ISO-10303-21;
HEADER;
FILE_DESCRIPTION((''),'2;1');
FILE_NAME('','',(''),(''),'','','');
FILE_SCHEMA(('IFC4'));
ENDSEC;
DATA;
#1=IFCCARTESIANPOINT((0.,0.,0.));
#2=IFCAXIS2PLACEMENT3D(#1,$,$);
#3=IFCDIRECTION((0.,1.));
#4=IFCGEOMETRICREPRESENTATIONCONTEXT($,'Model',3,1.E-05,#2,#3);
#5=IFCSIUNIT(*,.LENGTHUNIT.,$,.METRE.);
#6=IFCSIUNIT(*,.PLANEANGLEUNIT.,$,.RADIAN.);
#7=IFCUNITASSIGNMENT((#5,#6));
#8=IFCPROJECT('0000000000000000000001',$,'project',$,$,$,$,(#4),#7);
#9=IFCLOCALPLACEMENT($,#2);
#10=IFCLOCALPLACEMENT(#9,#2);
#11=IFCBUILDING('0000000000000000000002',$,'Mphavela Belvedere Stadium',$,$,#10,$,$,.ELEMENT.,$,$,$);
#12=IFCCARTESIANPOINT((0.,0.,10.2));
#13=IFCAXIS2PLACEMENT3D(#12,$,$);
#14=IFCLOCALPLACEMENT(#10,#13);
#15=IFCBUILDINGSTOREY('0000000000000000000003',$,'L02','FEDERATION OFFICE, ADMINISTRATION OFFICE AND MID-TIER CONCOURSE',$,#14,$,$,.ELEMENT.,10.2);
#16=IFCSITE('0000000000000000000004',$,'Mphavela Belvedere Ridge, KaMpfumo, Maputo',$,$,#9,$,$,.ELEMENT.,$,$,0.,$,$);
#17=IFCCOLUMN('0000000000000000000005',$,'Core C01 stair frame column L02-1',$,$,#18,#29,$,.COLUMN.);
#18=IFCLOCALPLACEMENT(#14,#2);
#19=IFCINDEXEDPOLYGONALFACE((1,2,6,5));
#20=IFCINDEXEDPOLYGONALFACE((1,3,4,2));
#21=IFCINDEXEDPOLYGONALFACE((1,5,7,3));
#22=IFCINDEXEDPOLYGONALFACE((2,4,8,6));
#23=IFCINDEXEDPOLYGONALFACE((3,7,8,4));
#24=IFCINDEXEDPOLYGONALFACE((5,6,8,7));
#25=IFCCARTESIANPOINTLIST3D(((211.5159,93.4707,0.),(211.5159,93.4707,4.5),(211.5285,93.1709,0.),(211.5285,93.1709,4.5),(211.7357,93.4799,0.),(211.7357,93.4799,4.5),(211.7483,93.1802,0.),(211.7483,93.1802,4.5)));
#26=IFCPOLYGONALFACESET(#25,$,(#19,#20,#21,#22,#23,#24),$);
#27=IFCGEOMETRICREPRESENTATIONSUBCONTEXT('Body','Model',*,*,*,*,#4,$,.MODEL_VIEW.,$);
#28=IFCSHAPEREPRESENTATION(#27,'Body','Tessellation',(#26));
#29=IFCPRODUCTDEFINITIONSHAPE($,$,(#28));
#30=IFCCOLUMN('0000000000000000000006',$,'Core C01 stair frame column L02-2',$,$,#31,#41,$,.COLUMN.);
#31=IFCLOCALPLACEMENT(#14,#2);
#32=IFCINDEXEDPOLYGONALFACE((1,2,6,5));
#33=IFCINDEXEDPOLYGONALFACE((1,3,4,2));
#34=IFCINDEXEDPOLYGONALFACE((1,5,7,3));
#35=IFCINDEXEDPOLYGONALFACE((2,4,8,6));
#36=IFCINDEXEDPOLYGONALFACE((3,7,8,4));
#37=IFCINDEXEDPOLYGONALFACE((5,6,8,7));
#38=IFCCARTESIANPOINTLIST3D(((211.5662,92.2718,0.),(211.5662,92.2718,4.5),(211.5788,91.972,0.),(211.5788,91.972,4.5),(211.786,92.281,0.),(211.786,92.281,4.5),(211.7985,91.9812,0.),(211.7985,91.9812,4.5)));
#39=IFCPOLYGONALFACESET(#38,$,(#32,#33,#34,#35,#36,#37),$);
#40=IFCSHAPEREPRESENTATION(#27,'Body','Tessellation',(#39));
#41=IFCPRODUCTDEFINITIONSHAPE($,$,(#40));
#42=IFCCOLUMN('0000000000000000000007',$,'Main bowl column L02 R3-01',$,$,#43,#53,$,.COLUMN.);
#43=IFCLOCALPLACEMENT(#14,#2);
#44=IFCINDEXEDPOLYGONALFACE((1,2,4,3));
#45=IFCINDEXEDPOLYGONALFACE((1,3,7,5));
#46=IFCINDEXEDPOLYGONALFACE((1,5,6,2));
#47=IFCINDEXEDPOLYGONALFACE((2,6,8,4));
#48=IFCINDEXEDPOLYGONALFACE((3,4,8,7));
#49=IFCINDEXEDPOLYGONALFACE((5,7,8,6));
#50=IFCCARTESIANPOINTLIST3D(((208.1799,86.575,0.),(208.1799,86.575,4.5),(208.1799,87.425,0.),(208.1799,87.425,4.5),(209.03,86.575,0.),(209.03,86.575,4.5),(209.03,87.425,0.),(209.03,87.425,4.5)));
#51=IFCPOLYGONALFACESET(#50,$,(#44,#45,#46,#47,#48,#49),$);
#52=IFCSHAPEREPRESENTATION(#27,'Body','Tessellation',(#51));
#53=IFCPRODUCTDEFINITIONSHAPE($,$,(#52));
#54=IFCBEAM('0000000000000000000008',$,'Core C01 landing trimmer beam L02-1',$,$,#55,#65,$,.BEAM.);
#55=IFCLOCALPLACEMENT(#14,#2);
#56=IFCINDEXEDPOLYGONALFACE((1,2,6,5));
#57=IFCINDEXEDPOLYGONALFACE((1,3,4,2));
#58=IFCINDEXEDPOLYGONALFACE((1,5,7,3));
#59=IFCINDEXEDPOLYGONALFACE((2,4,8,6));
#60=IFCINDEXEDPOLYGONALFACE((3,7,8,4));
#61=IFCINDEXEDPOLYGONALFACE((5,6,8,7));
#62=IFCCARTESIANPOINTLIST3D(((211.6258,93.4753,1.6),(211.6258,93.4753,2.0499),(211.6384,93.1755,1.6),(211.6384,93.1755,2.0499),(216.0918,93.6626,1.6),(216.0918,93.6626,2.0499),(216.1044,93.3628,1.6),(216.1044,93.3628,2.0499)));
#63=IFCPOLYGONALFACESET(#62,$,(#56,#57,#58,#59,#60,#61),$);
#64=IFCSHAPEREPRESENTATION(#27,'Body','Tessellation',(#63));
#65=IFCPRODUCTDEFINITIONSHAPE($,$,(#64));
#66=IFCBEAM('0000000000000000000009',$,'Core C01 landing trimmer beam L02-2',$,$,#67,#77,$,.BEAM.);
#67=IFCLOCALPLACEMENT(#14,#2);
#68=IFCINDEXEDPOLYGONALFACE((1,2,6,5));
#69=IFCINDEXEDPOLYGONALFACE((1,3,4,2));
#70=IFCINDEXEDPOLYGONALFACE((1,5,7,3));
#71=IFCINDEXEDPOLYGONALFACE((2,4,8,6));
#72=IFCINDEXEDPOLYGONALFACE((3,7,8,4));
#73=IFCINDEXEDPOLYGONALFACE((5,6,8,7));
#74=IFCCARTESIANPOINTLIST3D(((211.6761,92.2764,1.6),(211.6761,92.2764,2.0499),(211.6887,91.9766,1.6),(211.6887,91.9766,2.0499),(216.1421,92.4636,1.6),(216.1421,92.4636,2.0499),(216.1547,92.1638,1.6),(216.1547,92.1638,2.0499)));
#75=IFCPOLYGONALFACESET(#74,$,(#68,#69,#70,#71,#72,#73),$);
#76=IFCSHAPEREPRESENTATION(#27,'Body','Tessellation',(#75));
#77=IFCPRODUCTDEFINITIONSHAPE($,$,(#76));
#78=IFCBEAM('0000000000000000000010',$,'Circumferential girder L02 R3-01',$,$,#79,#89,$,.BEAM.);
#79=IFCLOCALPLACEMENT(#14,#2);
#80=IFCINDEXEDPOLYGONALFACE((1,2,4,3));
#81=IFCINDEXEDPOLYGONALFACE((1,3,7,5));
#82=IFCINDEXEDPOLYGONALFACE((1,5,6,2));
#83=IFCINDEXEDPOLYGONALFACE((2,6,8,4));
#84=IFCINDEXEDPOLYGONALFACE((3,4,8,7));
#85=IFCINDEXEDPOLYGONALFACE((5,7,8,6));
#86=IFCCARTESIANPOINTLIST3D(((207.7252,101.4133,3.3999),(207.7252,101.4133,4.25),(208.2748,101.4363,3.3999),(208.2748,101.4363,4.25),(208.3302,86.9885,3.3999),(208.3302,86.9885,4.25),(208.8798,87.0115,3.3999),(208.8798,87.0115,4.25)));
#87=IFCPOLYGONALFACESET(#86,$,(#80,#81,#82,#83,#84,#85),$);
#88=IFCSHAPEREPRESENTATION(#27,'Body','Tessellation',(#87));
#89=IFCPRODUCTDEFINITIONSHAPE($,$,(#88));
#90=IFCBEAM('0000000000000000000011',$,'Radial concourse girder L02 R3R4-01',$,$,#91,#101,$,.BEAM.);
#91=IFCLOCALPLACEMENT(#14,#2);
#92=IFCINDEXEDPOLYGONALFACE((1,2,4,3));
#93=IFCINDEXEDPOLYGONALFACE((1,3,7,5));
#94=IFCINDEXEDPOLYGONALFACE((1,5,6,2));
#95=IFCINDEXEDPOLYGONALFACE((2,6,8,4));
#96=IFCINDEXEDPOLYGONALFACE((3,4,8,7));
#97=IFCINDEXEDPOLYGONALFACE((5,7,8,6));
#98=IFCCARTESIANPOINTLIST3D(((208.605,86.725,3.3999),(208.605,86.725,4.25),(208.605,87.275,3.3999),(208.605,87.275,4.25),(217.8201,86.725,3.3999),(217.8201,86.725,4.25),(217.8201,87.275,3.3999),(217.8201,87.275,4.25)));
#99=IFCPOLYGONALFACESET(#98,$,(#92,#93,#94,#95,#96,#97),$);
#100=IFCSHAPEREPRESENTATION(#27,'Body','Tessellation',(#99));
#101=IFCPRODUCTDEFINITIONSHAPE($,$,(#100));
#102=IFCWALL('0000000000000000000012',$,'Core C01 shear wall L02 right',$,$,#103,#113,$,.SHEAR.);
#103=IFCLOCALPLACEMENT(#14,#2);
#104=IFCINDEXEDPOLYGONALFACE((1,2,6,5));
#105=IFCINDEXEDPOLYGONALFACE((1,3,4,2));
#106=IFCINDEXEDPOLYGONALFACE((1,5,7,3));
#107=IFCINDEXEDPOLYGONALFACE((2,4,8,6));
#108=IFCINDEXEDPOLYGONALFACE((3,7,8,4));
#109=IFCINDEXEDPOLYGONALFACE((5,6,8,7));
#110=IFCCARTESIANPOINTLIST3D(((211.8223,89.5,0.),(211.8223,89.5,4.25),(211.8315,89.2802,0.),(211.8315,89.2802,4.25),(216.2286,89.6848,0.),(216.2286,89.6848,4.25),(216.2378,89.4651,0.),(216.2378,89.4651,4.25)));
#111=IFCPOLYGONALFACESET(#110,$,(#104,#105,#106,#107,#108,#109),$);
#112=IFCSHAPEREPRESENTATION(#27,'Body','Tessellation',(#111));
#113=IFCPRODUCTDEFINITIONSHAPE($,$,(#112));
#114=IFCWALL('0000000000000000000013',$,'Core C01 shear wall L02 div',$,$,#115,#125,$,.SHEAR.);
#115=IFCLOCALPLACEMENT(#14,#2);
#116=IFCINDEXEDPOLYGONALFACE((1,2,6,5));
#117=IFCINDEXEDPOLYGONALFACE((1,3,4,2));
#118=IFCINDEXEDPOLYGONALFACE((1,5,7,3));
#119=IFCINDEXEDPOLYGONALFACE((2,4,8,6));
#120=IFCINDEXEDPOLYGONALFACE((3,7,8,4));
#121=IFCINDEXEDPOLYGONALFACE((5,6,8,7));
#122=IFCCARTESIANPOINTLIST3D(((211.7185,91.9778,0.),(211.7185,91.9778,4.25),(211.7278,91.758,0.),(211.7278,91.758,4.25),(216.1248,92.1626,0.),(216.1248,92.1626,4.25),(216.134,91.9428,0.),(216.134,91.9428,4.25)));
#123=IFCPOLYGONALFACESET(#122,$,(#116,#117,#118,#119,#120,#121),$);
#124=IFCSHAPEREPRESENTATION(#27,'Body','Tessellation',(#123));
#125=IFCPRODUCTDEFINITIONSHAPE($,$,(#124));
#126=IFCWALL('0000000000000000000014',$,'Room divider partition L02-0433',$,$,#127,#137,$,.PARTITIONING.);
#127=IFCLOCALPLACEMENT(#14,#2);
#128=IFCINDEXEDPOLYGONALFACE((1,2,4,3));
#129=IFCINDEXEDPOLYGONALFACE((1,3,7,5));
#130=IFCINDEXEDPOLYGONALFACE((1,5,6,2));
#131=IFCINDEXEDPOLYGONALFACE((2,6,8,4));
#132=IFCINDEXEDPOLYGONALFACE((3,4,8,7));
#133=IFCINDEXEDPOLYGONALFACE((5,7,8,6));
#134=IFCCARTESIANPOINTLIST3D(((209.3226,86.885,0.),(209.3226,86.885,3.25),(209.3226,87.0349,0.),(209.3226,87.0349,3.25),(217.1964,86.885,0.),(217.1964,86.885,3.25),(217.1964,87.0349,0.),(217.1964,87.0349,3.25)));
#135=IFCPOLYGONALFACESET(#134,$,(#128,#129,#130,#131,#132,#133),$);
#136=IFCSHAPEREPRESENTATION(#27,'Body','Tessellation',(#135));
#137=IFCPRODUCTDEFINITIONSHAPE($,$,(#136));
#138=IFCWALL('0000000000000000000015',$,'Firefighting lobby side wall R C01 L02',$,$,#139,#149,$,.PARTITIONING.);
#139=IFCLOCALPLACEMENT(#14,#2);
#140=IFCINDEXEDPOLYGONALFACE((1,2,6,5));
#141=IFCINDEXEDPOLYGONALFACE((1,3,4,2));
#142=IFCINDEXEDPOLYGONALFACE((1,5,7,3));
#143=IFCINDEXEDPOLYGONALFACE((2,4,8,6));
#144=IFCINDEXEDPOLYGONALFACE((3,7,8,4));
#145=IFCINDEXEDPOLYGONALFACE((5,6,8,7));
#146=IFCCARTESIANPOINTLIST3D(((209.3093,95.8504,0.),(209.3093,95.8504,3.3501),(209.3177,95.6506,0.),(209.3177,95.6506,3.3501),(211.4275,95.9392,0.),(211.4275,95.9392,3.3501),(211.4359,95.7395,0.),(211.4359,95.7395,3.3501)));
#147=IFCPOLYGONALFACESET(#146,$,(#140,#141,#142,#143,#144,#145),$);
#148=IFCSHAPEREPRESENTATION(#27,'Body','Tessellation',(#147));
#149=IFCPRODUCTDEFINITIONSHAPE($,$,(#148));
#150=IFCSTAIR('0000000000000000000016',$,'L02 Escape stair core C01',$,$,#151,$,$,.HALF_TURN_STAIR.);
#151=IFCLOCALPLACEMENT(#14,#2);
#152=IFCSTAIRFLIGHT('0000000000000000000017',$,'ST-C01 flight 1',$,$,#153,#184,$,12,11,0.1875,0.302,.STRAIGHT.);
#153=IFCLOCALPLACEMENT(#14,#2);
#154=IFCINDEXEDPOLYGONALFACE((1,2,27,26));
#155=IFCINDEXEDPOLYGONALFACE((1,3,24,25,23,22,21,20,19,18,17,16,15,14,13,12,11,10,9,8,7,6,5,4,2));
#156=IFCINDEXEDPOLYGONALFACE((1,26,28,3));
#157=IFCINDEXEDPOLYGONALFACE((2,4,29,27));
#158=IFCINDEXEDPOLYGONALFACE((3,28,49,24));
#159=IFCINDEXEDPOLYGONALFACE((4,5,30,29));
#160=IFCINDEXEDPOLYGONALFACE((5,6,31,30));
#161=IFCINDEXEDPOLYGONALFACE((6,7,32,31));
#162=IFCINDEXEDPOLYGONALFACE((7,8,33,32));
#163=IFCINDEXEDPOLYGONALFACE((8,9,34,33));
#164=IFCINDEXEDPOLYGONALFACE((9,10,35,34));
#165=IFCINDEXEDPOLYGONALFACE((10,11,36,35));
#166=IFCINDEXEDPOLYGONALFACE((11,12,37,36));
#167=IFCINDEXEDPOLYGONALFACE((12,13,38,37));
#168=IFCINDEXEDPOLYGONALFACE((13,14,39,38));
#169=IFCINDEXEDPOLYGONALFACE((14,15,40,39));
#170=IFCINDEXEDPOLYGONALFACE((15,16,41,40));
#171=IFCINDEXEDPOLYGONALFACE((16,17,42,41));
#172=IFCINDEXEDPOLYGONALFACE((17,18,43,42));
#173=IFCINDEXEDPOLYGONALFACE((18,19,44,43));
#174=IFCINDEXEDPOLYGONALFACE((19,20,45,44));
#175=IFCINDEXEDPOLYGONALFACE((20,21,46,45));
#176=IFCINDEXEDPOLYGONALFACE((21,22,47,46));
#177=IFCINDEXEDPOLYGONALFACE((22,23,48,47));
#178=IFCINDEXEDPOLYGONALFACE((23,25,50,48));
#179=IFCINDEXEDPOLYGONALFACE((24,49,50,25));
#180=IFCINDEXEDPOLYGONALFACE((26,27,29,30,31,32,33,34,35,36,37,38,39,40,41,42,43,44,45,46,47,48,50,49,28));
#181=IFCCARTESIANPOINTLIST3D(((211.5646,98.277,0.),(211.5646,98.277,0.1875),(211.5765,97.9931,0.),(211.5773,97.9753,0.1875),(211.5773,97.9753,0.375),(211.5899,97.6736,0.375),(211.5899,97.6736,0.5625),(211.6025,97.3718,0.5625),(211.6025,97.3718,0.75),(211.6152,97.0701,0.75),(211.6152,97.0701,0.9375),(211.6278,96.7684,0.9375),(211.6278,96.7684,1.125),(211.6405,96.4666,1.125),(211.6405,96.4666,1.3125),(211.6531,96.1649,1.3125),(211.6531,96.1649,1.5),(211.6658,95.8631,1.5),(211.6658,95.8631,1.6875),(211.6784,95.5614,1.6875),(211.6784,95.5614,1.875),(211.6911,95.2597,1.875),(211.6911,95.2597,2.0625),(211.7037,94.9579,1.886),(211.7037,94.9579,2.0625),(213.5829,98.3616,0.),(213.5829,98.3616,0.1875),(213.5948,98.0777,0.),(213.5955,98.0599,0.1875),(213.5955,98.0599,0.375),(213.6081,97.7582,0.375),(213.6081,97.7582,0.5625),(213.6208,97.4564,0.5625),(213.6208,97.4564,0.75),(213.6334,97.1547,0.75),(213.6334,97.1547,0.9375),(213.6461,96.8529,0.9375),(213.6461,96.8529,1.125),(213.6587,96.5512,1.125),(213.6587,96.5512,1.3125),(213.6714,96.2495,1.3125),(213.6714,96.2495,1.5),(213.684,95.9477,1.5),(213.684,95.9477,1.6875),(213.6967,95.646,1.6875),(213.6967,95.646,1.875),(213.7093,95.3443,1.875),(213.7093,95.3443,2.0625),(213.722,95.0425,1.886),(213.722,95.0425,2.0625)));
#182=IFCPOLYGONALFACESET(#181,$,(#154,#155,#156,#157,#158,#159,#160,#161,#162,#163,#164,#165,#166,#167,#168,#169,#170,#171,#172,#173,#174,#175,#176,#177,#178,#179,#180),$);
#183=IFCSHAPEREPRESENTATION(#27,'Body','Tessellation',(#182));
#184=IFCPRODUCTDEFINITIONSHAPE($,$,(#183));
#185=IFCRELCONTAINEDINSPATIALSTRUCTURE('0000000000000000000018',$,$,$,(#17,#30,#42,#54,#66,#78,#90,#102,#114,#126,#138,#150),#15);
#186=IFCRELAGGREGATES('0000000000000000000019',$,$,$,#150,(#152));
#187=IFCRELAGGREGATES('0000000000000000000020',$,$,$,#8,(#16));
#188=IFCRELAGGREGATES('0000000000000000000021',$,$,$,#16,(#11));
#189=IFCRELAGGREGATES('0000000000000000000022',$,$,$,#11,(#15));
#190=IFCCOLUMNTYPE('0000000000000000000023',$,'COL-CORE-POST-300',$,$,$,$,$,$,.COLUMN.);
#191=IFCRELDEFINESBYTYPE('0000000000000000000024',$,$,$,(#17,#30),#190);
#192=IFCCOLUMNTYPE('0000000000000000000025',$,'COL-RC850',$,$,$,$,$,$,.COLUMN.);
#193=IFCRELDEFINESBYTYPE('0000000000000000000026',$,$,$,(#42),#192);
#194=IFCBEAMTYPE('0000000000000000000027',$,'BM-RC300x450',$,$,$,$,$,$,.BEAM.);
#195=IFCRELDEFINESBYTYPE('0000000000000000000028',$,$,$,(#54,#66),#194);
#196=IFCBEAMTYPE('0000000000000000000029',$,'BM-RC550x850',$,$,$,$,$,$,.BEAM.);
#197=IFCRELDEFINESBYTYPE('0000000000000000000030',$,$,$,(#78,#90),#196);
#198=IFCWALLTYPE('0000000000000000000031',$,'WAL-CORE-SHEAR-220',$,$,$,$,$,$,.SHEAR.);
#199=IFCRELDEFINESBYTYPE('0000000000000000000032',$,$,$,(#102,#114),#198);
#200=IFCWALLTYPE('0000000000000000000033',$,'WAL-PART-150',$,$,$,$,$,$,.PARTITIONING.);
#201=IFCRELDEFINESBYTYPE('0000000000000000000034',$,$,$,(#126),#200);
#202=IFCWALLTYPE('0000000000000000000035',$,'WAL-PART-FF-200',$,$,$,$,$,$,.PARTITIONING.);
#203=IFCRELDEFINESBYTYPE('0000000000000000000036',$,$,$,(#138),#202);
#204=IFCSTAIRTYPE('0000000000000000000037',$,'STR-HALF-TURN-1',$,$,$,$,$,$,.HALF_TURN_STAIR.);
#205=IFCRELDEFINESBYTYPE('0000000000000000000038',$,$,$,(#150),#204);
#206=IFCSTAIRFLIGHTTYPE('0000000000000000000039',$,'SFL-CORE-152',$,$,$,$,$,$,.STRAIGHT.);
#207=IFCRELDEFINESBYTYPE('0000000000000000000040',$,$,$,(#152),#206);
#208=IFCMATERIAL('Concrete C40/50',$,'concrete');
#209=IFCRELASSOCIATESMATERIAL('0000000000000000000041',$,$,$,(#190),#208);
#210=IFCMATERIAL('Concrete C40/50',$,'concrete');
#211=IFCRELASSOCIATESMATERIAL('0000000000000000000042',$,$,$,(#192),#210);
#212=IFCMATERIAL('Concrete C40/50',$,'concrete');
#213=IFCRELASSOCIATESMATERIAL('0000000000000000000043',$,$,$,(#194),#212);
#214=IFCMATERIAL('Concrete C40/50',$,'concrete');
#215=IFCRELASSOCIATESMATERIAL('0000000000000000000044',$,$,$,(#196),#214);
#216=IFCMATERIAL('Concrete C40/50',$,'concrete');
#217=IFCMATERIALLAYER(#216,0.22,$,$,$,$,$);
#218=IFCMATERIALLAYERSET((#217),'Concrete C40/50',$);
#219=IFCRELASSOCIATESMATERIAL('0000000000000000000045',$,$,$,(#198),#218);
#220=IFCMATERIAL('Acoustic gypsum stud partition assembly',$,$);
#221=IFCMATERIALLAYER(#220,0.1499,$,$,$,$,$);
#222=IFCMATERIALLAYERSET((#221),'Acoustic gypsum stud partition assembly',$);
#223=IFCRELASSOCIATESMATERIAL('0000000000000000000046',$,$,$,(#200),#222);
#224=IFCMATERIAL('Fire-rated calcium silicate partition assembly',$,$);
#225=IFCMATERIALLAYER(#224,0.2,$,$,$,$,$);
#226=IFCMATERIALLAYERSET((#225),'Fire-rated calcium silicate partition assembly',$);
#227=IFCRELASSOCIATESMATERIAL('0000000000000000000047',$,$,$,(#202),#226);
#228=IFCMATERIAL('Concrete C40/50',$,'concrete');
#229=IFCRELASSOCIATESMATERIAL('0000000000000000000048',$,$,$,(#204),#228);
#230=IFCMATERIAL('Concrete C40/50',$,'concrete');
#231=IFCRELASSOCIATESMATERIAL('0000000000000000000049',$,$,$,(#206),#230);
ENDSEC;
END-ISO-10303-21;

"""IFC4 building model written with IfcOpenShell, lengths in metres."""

from ifc_helpers import new_model, si_unit, direction, frame, frame_2d, origin, origin_2d, place, context, subcontext, project, spatial, polyline, rectangle, outline, extrude, material, layer, layer_set, material_profile, profile_set, type_object, element, aggregate, save


model = new_model("IFC4")

# Units and contexts
model_context = context("Model", 3, precision=1e-05, world=origin(), true_north=direction((0.0, 1.0)))
body_context = subcontext(model_context, "Body", "Model", "MODEL_VIEW")
ifc_project = project(units=[si_unit("LENGTHUNIT", "METRE"), si_unit("PLANEANGLEUNIT", "RADIAN")], contexts=[model_context])

# Site, building, storey
site_placement = place(None, origin())
site = spatial("IfcSite", under=ifc_project, at=site_placement, Name="Mphavela Belvedere Ridge, KaMpfumo, Maputo", CompositionType="ELEMENT", RefElevation=0.0)
building_placement = place(site_placement, origin())
building = spatial("IfcBuilding", under=site, at=building_placement, Name="Mphavela Belvedere Stadium", CompositionType="ELEMENT")
storey_placement = place(building_placement, frame((0.0, 0.0, 10.2)))
storey = spatial("IfcBuildingStorey", under=building, at=storey_placement, Name="L02", Description="FEDERATION OFFICE, ADMINISTRATION OFFICE AND MID-TIER CONCOURSE", CompositionType="ELEMENT", Elevation=10.2)

# Columns
ifc_material_1 = material(Name="Concrete C40/50", Category="concrete")
ifc_material_profile_1 = material_profile(ifc_material_1, rectangle(XDim=0.3, YDim=0.22, at=origin_2d()), Name="RC 300x220")
ifc_profile_set_1 = profile_set([ifc_material_profile_1], Name="Concrete C40/50")
column_type_1 = type_object("IfcColumnType", Name="COL-CORE-POST-300", PredefinedType="COLUMN", material=ifc_profile_set_1)
for number, where, z_axis, x_axis, name in (
    (1, (211.6321, 93.3254, 0.0), (0.0, 0.0, 1.0), (0.041876, -0.999123, 0.0), "Core C01 stair frame column L02-1"),
    (2, (211.6824, 92.1265, 0.0), (0.0, 0.0, 1.0), (0.041876, -0.999123, 0.0), "Core C01 stair frame column L02-2"),
):
    element("IfcColumn", number, at=place(storey_placement, frame(where, z_axis=z_axis, x_axis=x_axis)), inside=storey, type_object=column_type_1, Name=name, PredefinedType="COLUMN", context=body_context, shape_type="SweptSolid", body=[
        extrude(rectangle(XDim=0.3, YDim=0.22, at=origin_2d()), origin(), (0.0, 0.0, 1.0), 4.5),
    ])
ifc_material_2 = material(Name="Concrete C40/50", Category="concrete")
ifc_material_profile_2 = material_profile(ifc_material_2, rectangle(XDim=0.8501, YDim=0.8501, at=origin_2d()), Name="RC 850x850")
ifc_profile_set_2 = profile_set([ifc_material_profile_2], Name="Concrete C40/50")
column_type_2 = type_object("IfcColumnType", Name="COL-RC850", PredefinedType="COLUMN", material=ifc_profile_set_2)
column_placement = place(storey_placement, frame((208.605, 87.0, 0.0), z_axis=(0.0, 0.0, 1.0), x_axis=(1.0, 0.0, 0.0)))
element("IfcColumn", 3, at=column_placement, inside=storey, type_object=column_type_2, Name="Main bowl column L02 R3-01", PredefinedType="COLUMN", context=body_context, shape_type="SweptSolid", body=[
    extrude(rectangle(XDim=0.8501, YDim=0.8501, at=origin_2d()), origin(), (0.0, 0.0, 1.0), 4.5),
])

# Beams
ifc_material_3 = material(Name="Concrete C40/50", Category="concrete")
ifc_material_profile_3 = material_profile(ifc_material_3, rectangle(XDim=0.3, YDim=0.45, at=origin_2d()), Name="RC 300x450")
ifc_profile_set_3 = profile_set([ifc_material_profile_3], Name="Concrete C40/50")
beam_type_1 = type_object("IfcBeamType", Name="BM-RC300x450", PredefinedType="BEAM", material=ifc_profile_set_3)
for number, where, z_axis, x_axis, name in (
    (4, (211.6321, 93.3254, 1.825), (0.999122, 0.041892, 0.0), (-0.041892, 0.999122, 0.0), "Core C01 landing trimmer beam L02-1"),
    (5, (211.6824, 92.1265, 1.825), (0.999122, 0.041892, 0.0), (-0.041892, 0.999122, 0.0), "Core C01 landing trimmer beam L02-2"),
):
    element("IfcBeam", number, at=place(storey_placement, frame(where, z_axis=z_axis, x_axis=x_axis)), inside=storey, type_object=beam_type_1, Name=name, PredefinedType="BEAM", context=body_context, shape_type="SweptSolid", body=[
        extrude(rectangle(XDim=0.3, YDim=0.45, at=origin_2d()), origin(), (0.0, 0.0, 1.0), 4.47),
    ])
ifc_material_4 = material(Name="Concrete C40/50", Category="concrete")
ifc_material_profile_4 = material_profile(ifc_material_4, rectangle(XDim=0.55, YDim=0.8501, at=origin_2d()), Name="RC 550x850")
ifc_profile_set_4 = profile_set([ifc_material_profile_4], Name="Concrete C40/50")
beam_type_2 = type_object("IfcBeamType", Name="BM-RC550x850", PredefinedType="BEAM", material=ifc_profile_set_4)
beam_1_placement = place(storey_placement, frame((208.605, 87.0, 3.825), z_axis=(-0.041903, 0.999122, 0.0), x_axis=(-0.999122, -0.041903, 0.0)))
element("IfcBeam", 6, at=beam_1_placement, inside=storey, type_object=beam_type_2, Name="Circumferential girder L02 R3-01", PredefinedType="BEAM", context=body_context, shape_type="SweptSolid", body=[
    extrude(rectangle(XDim=0.55, YDim=0.8501, at=origin_2d()), origin(), (0.0, 0.0, 1.0), 14.4375),
])
beam_2_placement = place(storey_placement, frame((208.605, 87.0, 3.825), z_axis=(1.0, 0.0, 0.0), x_axis=(0.0, 1.0, 0.0)))
element("IfcBeam", 7, at=beam_2_placement, inside=storey, type_object=beam_type_2, Name="Radial concourse girder L02 R3R4-01", PredefinedType="BEAM", context=body_context, shape_type="SweptSolid", body=[
    extrude(rectangle(XDim=0.55, YDim=0.8501, at=origin_2d()), origin(), (0.0, 0.0, 1.0), 9.2151),
])

# Walls
ifc_material_5 = material(Name="Concrete C40/50", Category="concrete")
ifc_layer_1 = layer(ifc_material_5, 0.22)
ifc_layer_set_1 = layer_set([ifc_layer_1], Name="Concrete C40/50")
wall_type_1 = type_object("IfcWallType", Name="WAL-CORE-SHEAR-220", PredefinedType="SHEAR", material=ifc_layer_set_1)
for number, where, z_axis, x_axis, name in (
    (8, (211.8269, 89.3901, 0.0), (0.0, 0.0, 1.0), (0.999122, 0.041907, 0.0), "Core C01 shear wall L02 right"),
    (9, (211.7231, 91.8679, 0.0), (0.0, 0.0, 1.0), (0.999122, 0.041907, 0.0), "Core C01 shear wall L02 div"),
):
    element("IfcWall", number, at=place(storey_placement, frame(where, z_axis=z_axis, x_axis=x_axis)), inside=storey, type_object=wall_type_1, Name=name, PredefinedType="SHEAR", context=body_context, shape_type="SweptSolid", body=[
        extrude(rectangle(XDim=4.4102, YDim=0.22, at=frame_2d((2.2051, 0.0))), origin(), (0.0, 0.0, 1.0), 4.25),
    ])
ifc_material_6 = material(Name="Acoustic gypsum stud partition assembly")
ifc_layer_2 = layer(ifc_material_6, 0.1499)
ifc_layer_set_2 = layer_set([ifc_layer_2], Name="Acoustic gypsum stud partition assembly")
wall_type_2 = type_object("IfcWallType", Name="WAL-PART-150", PredefinedType="PARTITIONING", material=ifc_layer_set_2)
wall_1_placement = place(storey_placement, frame((209.3225, 86.96, 0.0), z_axis=(0.0, 0.0, 1.0), x_axis=(1.0, 0.0, 0.0)))
element("IfcWall", 10, at=wall_1_placement, inside=storey, type_object=wall_type_2, Name="Room divider partition L02-0433", PredefinedType="PARTITIONING", context=body_context, shape_type="SweptSolid", body=[
    extrude(rectangle(XDim=7.8738, YDim=0.1499, at=frame_2d((3.937, 0.0))), origin(), (0.0, 0.0, 1.0), 3.25),
])
ifc_material_7 = material(Name="Fire-rated calcium silicate partition assembly")
ifc_layer_3 = layer(ifc_material_7, 0.2)
ifc_layer_set_3 = layer_set([ifc_layer_3], Name="Fire-rated calcium silicate partition assembly")
wall_type_3 = type_object("IfcWallType", Name="WAL-PART-FF-200", PredefinedType="PARTITIONING", material=ifc_layer_set_3)
wall_2_placement = place(storey_placement, frame((209.3135, 95.7505, 0.0), z_axis=(0.0, 0.0, 1.0), x_axis=(0.999121, 0.041918, 0.0)))
element("IfcWall", 11, at=wall_2_placement, inside=storey, type_object=wall_type_3, Name="Firefighting lobby side wall R C01 L02", PredefinedType="PARTITIONING", context=body_context, shape_type="SweptSolid", body=[
    extrude(rectangle(XDim=2.1201, YDim=0.2, at=frame_2d((1.0601, 0.0))), origin(), (0.0, 0.0, 1.0), 3.3501),
])

# Stair, stair flight
ifc_material_8 = material(Name="Concrete C40/50", Category="concrete")
stair_type = type_object("IfcStairType", Name="STR-HALF-TURN-1", PredefinedType="HALF_TURN_STAIR", material=ifc_material_8)
stair_placement = place(storey_placement, origin())
stair = element("IfcStair", 12, at=stair_placement, inside=storey, type_object=stair_type, Name="L02 Escape stair core C01", PredefinedType="HALF_TURN_STAIR")
ifc_material_9 = material(Name="Concrete C40/50", Category="concrete")
stair_flight_type = type_object("IfcStairFlightType", Name="SFL-CORE-152", PredefinedType="STRAIGHT", material=ifc_material_9)
stair_flight_placement = place(storey_placement, frame((212.5737, 98.3193, 0.0), z_axis=(0.0, 0.0, 1.0), x_axis=(0.041876, -0.999123, 0.0)))
stair_flight = element("IfcStairFlight", 13, at=stair_flight_placement, type_object=stair_flight_type, Name="ST-C01 flight 1", NumberOfRisers=12, NumberOfTreads=11, PredefinedType="STRAIGHT", RiserHeight=0.1875, TreadLength=0.302, context=body_context, shape_type="SweptSolid", body=[
    extrude(outline(polyline([(0.0, 0.0), (0.0, 0.1875), (0.302, 0.1875), (0.302, 0.375), (0.604, 0.375), (0.604, 0.5625), (0.906, 0.5625), (0.906, 0.75), (1.208, 0.75), (1.208, 0.9375), (1.51, 0.9375), (1.51, 1.125), (1.812, 1.125), (1.812, 1.3125), (2.114, 1.3125), (2.114, 1.5), (2.416, 1.5), (2.416, 1.6875), (2.718, 1.6875), (2.718, 1.875), (3.02, 1.875), (3.02, 2.0625), (3.322, 2.0625), (3.322, 2.25), (3.322, 1.886), (0.2842, 0.0), (0.0, 0.0)])), frame((0.0, 1.01, 0.0), z_axis=(0.0, -1.0, 0.0), x_axis=(1.0, 0.0, 0.0)), (0.0, 0.0, 1.0), 2.02),
])
aggregate(stair, [stair_flight])

save(model, "model.ifc")
